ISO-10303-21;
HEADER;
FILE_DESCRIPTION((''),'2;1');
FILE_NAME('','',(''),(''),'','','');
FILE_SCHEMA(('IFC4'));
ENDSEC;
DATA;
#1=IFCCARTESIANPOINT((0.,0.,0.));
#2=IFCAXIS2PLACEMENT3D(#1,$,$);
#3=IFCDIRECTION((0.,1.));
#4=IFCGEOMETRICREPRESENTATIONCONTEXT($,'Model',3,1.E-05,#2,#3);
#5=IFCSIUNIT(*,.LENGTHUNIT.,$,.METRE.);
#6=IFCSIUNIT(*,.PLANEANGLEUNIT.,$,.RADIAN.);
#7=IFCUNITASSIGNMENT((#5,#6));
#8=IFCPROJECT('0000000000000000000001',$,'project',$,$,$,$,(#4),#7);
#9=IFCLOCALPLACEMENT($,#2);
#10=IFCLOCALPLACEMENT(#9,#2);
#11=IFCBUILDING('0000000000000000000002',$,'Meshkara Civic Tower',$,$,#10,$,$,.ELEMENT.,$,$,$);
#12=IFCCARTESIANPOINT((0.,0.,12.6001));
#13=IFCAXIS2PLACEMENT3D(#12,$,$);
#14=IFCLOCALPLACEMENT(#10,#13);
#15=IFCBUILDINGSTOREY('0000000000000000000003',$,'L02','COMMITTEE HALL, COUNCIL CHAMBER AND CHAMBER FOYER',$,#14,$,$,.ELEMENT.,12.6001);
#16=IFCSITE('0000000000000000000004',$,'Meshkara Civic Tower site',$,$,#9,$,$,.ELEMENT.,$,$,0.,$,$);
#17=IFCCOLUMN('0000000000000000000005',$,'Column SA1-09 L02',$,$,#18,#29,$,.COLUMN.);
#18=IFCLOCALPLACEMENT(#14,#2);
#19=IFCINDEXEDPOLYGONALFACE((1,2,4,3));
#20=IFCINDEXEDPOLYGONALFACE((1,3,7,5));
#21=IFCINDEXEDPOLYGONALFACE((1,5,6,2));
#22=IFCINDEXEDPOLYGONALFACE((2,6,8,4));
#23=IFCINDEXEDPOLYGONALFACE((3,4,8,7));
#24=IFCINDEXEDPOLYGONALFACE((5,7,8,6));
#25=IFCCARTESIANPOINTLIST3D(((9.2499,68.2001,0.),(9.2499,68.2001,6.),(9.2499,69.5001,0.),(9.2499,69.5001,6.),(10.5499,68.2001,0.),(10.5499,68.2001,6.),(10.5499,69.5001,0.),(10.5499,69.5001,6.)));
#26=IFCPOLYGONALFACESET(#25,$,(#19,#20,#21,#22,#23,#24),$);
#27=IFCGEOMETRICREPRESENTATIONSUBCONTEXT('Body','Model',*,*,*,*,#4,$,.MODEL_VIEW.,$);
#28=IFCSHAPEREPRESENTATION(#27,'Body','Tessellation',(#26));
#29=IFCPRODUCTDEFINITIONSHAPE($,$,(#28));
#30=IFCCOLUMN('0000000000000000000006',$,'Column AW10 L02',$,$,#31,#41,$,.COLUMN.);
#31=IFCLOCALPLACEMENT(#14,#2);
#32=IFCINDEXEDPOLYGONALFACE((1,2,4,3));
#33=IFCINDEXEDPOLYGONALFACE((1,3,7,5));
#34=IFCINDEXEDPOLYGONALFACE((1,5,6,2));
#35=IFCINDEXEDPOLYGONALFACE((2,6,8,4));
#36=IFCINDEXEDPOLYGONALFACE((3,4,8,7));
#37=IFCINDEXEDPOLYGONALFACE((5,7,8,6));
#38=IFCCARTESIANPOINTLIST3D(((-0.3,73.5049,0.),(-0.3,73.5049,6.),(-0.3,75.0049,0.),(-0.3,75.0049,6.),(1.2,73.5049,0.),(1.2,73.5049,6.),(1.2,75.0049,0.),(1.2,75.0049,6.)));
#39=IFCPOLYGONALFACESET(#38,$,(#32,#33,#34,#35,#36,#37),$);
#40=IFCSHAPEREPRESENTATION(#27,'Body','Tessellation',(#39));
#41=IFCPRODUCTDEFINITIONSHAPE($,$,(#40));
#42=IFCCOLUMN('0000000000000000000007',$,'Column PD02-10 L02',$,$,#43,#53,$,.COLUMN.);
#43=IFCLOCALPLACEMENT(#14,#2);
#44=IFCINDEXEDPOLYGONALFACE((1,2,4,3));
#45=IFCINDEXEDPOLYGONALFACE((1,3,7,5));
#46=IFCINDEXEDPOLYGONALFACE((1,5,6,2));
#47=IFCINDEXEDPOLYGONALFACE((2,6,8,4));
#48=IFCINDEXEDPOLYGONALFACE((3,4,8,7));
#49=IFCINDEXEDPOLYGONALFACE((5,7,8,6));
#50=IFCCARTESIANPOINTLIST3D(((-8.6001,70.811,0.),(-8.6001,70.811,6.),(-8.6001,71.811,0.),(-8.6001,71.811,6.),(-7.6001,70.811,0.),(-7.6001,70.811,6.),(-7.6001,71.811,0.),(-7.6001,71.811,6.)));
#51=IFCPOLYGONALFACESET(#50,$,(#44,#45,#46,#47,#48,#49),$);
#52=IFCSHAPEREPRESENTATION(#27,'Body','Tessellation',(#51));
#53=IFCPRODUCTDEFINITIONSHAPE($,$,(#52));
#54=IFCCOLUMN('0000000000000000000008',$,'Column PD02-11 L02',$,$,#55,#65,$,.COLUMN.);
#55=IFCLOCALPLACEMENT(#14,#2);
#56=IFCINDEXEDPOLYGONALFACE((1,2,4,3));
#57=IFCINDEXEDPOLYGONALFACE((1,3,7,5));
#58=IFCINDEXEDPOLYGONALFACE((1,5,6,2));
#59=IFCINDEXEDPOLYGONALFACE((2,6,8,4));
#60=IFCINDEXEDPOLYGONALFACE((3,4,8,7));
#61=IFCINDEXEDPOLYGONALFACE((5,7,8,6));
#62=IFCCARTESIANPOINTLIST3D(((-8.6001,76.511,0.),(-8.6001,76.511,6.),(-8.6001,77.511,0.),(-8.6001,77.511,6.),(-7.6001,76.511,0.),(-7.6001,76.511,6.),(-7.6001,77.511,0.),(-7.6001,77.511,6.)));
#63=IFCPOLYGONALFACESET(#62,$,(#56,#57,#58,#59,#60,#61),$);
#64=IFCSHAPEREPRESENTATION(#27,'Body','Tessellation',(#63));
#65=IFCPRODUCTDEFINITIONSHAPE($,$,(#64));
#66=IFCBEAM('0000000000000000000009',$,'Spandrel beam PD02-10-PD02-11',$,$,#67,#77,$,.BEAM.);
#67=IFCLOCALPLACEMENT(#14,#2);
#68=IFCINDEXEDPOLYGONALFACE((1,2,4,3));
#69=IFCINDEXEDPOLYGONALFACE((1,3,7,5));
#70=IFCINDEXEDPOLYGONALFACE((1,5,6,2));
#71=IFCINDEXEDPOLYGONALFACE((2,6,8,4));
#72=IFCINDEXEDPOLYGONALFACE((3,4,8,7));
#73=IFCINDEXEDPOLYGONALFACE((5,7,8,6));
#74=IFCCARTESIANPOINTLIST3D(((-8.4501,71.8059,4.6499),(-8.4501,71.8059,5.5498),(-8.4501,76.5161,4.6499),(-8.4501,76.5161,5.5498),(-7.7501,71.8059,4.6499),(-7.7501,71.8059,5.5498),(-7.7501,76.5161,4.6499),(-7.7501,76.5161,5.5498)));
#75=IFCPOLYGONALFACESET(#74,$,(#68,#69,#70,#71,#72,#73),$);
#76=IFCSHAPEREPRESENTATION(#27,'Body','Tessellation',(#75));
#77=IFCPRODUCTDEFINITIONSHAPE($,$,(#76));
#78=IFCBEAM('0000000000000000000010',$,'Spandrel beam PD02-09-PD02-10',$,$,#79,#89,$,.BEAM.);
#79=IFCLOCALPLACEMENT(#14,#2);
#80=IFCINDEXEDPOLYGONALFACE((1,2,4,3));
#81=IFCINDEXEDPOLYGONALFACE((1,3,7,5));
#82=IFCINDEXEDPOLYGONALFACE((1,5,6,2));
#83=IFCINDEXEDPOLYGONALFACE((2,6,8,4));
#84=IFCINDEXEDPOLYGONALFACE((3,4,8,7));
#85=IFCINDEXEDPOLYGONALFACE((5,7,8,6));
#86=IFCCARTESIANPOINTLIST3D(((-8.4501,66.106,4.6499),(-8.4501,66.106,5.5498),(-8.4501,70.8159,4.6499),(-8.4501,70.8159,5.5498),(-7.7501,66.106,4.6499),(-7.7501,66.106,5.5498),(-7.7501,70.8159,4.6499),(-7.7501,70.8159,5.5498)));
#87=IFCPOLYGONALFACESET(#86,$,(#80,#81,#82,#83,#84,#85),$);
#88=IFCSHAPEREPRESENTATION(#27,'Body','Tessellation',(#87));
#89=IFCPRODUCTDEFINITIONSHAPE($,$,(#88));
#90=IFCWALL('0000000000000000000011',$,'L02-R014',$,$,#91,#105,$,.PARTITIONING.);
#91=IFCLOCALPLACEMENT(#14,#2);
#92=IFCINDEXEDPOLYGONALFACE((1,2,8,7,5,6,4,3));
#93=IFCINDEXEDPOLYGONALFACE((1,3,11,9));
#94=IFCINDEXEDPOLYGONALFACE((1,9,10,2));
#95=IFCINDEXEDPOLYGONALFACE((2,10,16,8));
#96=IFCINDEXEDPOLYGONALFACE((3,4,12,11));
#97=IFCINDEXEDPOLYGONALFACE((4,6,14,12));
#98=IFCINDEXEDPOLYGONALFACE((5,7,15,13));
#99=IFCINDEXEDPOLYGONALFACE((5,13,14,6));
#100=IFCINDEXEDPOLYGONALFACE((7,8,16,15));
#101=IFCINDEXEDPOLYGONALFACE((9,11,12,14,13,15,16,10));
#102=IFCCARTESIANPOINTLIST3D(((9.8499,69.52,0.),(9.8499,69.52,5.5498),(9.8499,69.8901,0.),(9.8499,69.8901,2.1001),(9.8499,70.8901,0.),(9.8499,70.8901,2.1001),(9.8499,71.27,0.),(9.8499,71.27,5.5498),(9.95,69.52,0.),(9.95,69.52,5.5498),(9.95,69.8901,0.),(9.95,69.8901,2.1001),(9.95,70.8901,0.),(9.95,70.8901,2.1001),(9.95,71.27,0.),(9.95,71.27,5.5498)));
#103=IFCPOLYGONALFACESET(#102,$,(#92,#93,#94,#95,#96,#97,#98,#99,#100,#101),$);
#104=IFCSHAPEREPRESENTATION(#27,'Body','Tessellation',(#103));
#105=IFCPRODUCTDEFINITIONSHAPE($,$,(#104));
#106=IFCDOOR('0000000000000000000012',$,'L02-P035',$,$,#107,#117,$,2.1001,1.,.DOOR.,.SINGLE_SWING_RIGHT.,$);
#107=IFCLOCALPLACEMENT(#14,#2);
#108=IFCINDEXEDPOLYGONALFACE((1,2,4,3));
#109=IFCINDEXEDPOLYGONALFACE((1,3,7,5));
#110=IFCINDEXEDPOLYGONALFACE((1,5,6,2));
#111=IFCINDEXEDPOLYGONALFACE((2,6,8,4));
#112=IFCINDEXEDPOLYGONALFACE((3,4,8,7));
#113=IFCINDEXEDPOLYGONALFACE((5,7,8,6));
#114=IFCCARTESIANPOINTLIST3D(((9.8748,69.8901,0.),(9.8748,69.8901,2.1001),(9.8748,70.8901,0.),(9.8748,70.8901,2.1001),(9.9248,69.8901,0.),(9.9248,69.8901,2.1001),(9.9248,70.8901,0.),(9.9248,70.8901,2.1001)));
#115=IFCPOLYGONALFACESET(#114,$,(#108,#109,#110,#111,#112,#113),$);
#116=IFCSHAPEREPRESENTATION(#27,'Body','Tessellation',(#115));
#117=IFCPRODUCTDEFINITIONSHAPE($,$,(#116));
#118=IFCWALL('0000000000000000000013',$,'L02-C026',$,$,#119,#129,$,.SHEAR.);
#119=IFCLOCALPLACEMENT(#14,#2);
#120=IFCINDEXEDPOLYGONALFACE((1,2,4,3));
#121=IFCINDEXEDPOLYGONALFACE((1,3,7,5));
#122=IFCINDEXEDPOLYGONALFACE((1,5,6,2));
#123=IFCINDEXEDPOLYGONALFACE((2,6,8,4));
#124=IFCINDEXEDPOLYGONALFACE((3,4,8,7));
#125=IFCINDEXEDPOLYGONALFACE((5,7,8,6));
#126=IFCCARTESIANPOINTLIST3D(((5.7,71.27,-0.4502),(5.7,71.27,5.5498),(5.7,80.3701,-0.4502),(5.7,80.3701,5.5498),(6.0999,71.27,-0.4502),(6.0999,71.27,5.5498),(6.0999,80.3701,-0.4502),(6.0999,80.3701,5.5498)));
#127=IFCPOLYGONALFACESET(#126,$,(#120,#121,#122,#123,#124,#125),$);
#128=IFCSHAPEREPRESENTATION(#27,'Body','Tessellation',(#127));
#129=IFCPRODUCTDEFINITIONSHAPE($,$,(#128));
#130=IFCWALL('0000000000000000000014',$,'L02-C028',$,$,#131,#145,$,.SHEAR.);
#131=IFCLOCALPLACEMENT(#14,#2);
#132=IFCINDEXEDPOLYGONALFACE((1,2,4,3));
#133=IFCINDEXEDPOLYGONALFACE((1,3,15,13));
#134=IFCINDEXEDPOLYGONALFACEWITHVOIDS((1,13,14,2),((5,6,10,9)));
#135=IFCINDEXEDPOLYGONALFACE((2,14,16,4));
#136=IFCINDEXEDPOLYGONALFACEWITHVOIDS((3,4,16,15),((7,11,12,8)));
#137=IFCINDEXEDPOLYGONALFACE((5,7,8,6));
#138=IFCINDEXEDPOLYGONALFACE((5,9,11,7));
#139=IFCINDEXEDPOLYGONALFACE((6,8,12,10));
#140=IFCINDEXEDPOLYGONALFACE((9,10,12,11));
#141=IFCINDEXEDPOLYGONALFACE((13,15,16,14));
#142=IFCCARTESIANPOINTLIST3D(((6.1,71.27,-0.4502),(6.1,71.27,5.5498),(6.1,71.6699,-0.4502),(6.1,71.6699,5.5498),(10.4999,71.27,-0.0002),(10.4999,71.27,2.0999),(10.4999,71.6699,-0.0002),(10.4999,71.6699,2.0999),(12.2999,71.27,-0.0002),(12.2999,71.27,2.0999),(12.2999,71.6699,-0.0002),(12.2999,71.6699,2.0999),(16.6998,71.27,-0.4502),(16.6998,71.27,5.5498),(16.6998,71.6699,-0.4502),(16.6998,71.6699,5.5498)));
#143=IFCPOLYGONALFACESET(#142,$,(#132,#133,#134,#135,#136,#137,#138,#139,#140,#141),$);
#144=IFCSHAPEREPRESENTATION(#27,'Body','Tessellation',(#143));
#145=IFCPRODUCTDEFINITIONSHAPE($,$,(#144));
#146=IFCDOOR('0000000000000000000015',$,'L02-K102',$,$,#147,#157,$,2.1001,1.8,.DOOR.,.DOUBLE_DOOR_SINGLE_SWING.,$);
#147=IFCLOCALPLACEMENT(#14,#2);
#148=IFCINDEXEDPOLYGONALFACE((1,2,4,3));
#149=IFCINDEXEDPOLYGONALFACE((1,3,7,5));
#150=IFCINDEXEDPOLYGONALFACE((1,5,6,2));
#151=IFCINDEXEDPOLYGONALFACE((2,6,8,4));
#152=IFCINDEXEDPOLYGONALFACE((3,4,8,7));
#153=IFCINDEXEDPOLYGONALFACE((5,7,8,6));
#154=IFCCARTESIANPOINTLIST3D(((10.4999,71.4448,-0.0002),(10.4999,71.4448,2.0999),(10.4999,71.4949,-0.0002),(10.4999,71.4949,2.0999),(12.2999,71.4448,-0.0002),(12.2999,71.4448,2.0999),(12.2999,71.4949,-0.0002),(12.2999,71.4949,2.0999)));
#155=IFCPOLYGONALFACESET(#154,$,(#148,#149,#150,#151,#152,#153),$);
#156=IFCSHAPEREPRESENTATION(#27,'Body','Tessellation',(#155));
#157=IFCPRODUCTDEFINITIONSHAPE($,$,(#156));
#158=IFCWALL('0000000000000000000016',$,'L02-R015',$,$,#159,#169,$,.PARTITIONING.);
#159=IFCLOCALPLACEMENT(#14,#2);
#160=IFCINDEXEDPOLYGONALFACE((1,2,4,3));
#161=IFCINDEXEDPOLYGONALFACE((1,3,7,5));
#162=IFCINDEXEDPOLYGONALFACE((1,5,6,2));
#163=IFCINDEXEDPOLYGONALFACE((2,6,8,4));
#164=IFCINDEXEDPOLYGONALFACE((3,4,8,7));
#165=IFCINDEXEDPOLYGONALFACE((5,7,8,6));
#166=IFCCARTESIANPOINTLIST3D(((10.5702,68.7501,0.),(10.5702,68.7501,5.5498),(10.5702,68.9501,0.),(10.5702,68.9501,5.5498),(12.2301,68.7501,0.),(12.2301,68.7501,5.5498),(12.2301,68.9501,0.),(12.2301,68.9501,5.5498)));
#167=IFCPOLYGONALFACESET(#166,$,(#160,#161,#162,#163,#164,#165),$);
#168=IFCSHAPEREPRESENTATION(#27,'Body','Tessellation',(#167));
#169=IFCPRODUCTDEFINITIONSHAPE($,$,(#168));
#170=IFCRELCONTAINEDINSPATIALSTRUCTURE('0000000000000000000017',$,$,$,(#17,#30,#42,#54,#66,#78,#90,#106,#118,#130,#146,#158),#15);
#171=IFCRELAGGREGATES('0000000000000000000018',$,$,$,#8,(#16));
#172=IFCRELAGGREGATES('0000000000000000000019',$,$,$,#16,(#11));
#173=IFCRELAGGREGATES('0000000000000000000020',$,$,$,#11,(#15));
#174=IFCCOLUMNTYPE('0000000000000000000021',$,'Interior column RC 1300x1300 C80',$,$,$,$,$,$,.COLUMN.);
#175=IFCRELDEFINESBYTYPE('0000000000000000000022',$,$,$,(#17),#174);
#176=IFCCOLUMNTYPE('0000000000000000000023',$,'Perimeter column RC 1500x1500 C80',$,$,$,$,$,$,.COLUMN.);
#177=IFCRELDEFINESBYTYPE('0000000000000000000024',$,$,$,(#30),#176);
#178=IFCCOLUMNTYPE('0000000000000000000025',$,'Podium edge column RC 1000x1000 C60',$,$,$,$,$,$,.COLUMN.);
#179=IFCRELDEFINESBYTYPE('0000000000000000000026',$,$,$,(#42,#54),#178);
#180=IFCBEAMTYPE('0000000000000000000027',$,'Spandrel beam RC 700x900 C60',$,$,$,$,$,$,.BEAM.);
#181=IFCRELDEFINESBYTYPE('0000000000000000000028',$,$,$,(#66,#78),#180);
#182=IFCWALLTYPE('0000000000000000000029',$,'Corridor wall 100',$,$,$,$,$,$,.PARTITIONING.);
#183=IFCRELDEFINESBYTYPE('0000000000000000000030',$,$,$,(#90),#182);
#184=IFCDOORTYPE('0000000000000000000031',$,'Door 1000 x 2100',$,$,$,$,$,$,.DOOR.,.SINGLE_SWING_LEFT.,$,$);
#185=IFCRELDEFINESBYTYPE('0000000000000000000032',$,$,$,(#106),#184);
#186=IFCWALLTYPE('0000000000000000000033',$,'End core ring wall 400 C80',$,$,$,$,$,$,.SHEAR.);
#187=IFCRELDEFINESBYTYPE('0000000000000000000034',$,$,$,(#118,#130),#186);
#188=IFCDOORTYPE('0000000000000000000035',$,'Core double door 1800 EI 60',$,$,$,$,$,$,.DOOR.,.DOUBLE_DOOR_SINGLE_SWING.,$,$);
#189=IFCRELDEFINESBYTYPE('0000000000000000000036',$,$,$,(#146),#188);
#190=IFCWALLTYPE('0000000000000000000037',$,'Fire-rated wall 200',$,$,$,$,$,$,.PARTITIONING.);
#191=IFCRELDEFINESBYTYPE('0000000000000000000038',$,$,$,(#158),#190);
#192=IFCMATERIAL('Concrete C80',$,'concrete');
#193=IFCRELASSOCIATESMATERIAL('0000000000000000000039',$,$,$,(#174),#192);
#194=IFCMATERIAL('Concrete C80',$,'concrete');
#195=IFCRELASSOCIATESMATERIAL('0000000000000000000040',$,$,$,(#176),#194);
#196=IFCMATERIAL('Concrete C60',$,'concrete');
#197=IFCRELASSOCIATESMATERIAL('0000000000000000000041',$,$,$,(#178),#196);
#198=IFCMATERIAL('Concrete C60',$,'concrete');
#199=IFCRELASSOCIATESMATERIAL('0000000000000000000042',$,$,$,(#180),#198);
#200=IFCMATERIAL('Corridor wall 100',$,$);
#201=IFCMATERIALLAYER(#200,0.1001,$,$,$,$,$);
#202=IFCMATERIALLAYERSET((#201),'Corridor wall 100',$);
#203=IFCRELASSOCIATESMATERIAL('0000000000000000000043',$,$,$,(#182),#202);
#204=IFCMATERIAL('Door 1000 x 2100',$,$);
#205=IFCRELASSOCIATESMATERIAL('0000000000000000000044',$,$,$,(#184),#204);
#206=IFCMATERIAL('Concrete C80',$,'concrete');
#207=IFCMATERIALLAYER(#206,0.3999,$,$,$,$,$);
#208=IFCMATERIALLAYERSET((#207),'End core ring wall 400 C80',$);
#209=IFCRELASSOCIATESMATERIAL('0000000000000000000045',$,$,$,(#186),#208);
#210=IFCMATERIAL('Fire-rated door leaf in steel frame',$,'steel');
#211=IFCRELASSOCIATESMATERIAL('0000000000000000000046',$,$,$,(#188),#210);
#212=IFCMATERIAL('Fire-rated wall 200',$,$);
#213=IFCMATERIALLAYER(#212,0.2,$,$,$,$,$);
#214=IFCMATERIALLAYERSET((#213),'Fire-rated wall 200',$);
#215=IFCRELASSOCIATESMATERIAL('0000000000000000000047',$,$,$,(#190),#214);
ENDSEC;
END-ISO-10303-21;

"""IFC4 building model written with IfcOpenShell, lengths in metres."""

from ifc_helpers import new_model, si_unit, direction, frame, frame_2d, origin, origin_2d, place, context, subcontext, project, spatial, rectangle, extrude, material, layer, layer_set, material_profile, profile_set, type_object, element, fill, save


model = new_model("IFC4")

# Units and contexts
model_context = context("Model", 3, precision=1e-05, world=origin(), true_north=direction((0.0, 1.0)))
body_context = subcontext(model_context, "Body", "Model", "MODEL_VIEW")
ifc_project = project(units=[si_unit("LENGTHUNIT", "METRE"), si_unit("PLANEANGLEUNIT", "RADIAN")], contexts=[model_context])

# Site, building, storey
site_placement = place(None, origin())
site = spatial("IfcSite", under=ifc_project, at=site_placement, Name="Meshkara Civic Tower site", CompositionType="ELEMENT", RefElevation=0.0)
building_placement = place(site_placement, origin())
building = spatial("IfcBuilding", under=site, at=building_placement, Name="Meshkara Civic Tower", CompositionType="ELEMENT")
storey_placement = place(building_placement, frame((0.0, 0.0, 12.6001)))
storey = spatial("IfcBuildingStorey", under=building, at=storey_placement, Name="L02", Description="COMMITTEE HALL, COUNCIL CHAMBER AND CHAMBER FOYER", CompositionType="ELEMENT", Elevation=12.6001)

# Columns
ifc_material_1 = material(Name="Concrete C80", Category="concrete")
ifc_material_profile_1 = material_profile(ifc_material_1, rectangle(XDim=1.3, YDim=1.3, at=origin_2d()))
ifc_profile_set_1 = profile_set([ifc_material_profile_1], Name="Concrete C80")
column_type_1 = type_object("IfcColumnType", Name="Interior column RC 1300x1300 C80", PredefinedType="COLUMN", material=ifc_profile_set_1)
column_1_placement = place(storey_placement, frame((9.8999, 68.8501, 0.0), z_axis=(0.0, 0.0, 1.0), x_axis=(1.0, 0.0, 0.0)))
element("IfcColumn", 1, at=column_1_placement, inside=storey, type_object=column_type_1, Name="Column SA1-09 L02", PredefinedType="COLUMN", context=body_context, shape_type="SweptSolid", body=[
    extrude(rectangle(XDim=1.3, YDim=1.3, at=origin_2d()), origin(), (0.0, 0.0, 1.0), 6.0),
])
ifc_material_2 = material(Name="Concrete C80", Category="concrete")
ifc_material_profile_2 = material_profile(ifc_material_2, rectangle(XDim=1.5, YDim=1.5, at=origin_2d()))
ifc_profile_set_2 = profile_set([ifc_material_profile_2], Name="Concrete C80")
column_type_2 = type_object("IfcColumnType", Name="Perimeter column RC 1500x1500 C80", PredefinedType="COLUMN", material=ifc_profile_set_2)
column_2_placement = place(storey_placement, frame((0.45, 74.2549, 0.0), z_axis=(0.0, 0.0, 1.0), x_axis=(1.0, 0.0, 0.0)))
element("IfcColumn", 2, at=column_2_placement, inside=storey, type_object=column_type_2, Name="Column AW10 L02", PredefinedType="COLUMN", context=body_context, shape_type="SweptSolid", body=[
    extrude(rectangle(XDim=1.5, YDim=1.5, at=origin_2d()), origin(), (0.0, 0.0, 1.0), 6.0),
])
ifc_material_3 = material(Name="Concrete C60", Category="concrete")
ifc_material_profile_3 = material_profile(ifc_material_3, rectangle(XDim=1.0, YDim=1.0, at=origin_2d()))
ifc_profile_set_3 = profile_set([ifc_material_profile_3], Name="Concrete C60")
column_type_3 = type_object("IfcColumnType", Name="Podium edge column RC 1000x1000 C60", PredefinedType="COLUMN", material=ifc_profile_set_3)
for number, where, z_axis, x_axis, name in (
    (3, (-8.1001, 71.311, 0.0), (0.0, 0.0, 1.0), (1.0, 0.0, 0.0), "Column PD02-10 L02"),
    (4, (-8.1001, 77.011, 0.0), (0.0, 0.0, 1.0), (1.0, 0.0, 0.0), "Column PD02-11 L02"),
):
    element("IfcColumn", number, at=place(storey_placement, frame(where, z_axis=z_axis, x_axis=x_axis)), inside=storey, type_object=column_type_3, Name=name, PredefinedType="COLUMN", context=body_context, shape_type="SweptSolid", body=[
        extrude(rectangle(XDim=1.0, YDim=1.0, at=origin_2d()), origin(), (0.0, 0.0, 1.0), 6.0),
    ])

# Beams
ifc_material_4 = material(Name="Concrete C60", Category="concrete")
ifc_material_profile_4 = material_profile(ifc_material_4, rectangle(XDim=0.7, YDim=0.8999, at=origin_2d()))
ifc_profile_set_4 = profile_set([ifc_material_profile_4], Name="Concrete C60")
beam_type = type_object("IfcBeamType", Name="Spandrel beam RC 700x900 C60", PredefinedType="BEAM", material=ifc_profile_set_4)
beam_1_placement = place(storey_placement, frame((-8.1001, 76.5161, 5.0999), z_axis=(0.0, -1.0, 0.0), x_axis=(1.0, 0.0, 0.0)))
element("IfcBeam", 5, at=beam_1_placement, inside=storey, type_object=beam_type, Name="Spandrel beam PD02-10-PD02-11", PredefinedType="BEAM", context=body_context, shape_type="SweptSolid", body=[
    extrude(rectangle(XDim=0.7, YDim=0.8999, at=origin_2d()), origin(), (0.0, 0.0, 1.0), 4.7102),
])
beam_2_placement = place(storey_placement, frame((-8.1001, 70.8159, 5.0999), z_axis=(0.0, -1.0, 0.0), x_axis=(1.0, 0.0, 0.0)))
element("IfcBeam", 6, at=beam_2_placement, inside=storey, type_object=beam_type, Name="Spandrel beam PD02-09-PD02-10", PredefinedType="BEAM", context=body_context, shape_type="SweptSolid", body=[
    extrude(rectangle(XDim=0.7, YDim=0.8999, at=origin_2d()), origin(), (0.0, 0.0, 1.0), 4.71),
])

# Wall, opening, door
ifc_material_5 = material(Name="Corridor wall 100")
ifc_layer_1 = layer(ifc_material_5, 0.1001)
ifc_layer_set_1 = layer_set([ifc_layer_1], Name="Corridor wall 100")
wall_type_1 = type_object("IfcWallType", Name="Corridor wall 100", PredefinedType="PARTITIONING", material=ifc_layer_set_1)
wall_1_placement = place(storey_placement, frame((9.8999, 71.27, 0.0), z_axis=(0.0, 0.0, 1.0), x_axis=(0.0, -1.0, 0.0)))
wall_1 = element("IfcWall", 7, at=wall_1_placement, inside=storey, type_object=wall_type_1, Name="L02-R014", PredefinedType="PARTITIONING", context=body_context, shape_type="SweptSolid", body=[
    extrude(rectangle(XDim=1.75, YDim=0.1001, at=frame_2d((0.875, 0.0))), origin(), (0.0, 0.0, 1.0), 5.5498),
])
opening_1_placement = place(wall_1_placement, frame((0.3799, 0.0, 0.0)))
opening_1 = element("IfcOpeningElement", 8, at=opening_1_placement, cuts=wall_1, PredefinedType="OPENING", context=body_context, shape_type="SweptSolid", body=[
    extrude(rectangle(XDim=1.0, YDim=2.1001, at=frame_2d((0.5, 1.05))), frame((0.0, 0.0601, 0.0), z_axis=(0.0, -1.0, 0.0), x_axis=(1.0, 0.0, 0.0)), (0.0, 0.0, 1.0), 0.1201),
])
ifc_material_6 = material(Name="Door 1000 x 2100")
door_type_1 = type_object("IfcDoorType", Name="Door 1000 x 2100", OperationType="SINGLE_SWING_LEFT", PredefinedType="DOOR", material=ifc_material_6)
door_1_placement = place(opening_1_placement, origin())
door_1 = element("IfcDoor", 9, at=door_1_placement, inside=storey, type_object=door_type_1, Name="L02-P035", OperationType="SINGLE_SWING_RIGHT", OverallHeight=2.1001, OverallWidth=1.0, PredefinedType="DOOR", context=body_context, shape_type="SweptSolid", body=[
    extrude(rectangle(XDim=1.0, YDim=2.1001, at=frame_2d((0.5, 1.05))), frame((0.0, 0.0249, 0.0), z_axis=(0.0, -1.0, 0.0), x_axis=(1.0, 0.0, 0.0)), (0.0, 0.0, 1.0), 0.05),
])
fill(opening_1, door_1)

# Wall
ifc_material_7 = material(Name="Concrete C80", Category="concrete")
ifc_layer_2 = layer(ifc_material_7, 0.3999)
ifc_layer_set_2 = layer_set([ifc_layer_2], Name="End core ring wall 400 C80")
wall_type_2 = type_object("IfcWallType", Name="End core ring wall 400 C80", PredefinedType="SHEAR", material=ifc_layer_set_2)
wall_2_placement = place(storey_placement, frame((5.8999, 71.27, -0.4502), z_axis=(0.0, 0.0, 1.0), x_axis=(0.0, 1.0, 0.0)))
element("IfcWall", 10, at=wall_2_placement, inside=storey, type_object=wall_type_2, Name="L02-C026", PredefinedType="SHEAR", context=body_context, shape_type="SweptSolid", body=[
    extrude(rectangle(XDim=9.1001, YDim=0.3999, at=frame_2d((4.55, 0.0))), origin(), (0.0, 0.0, 1.0), 6.0),
])

# Wall, opening, door
wall_3_placement = place(storey_placement, frame((6.1001, 71.47, -0.4502), z_axis=(0.0, 0.0, 1.0), x_axis=(1.0, 0.0, 0.0)))
wall_3 = element("IfcWall", 11, at=wall_3_placement, inside=storey, type_object=wall_type_2, Name="L02-C028", PredefinedType="SHEAR", context=body_context, shape_type="SweptSolid", body=[
    extrude(rectangle(XDim=10.5999, YDim=0.3999, at=frame_2d((5.2998, 0.0))), origin(), (0.0, 0.0, 1.0), 6.0),
])
opening_2_placement = place(wall_3_placement, frame((4.3999, 0.0, 0.45)))
opening_2 = element("IfcOpeningElement", 12, at=opening_2_placement, cuts=wall_3, PredefinedType="OPENING", context=body_context, shape_type="SweptSolid", body=[
    extrude(rectangle(XDim=1.8, YDim=2.1001, at=frame_2d((0.8999, 1.05))), frame((0.0, 0.21, 0.0), z_axis=(0.0, -1.0, 0.0), x_axis=(1.0, 0.0, 0.0)), (0.0, 0.0, 1.0), 0.4199),
])
ifc_material_8 = material(Name="Fire-rated door leaf in steel frame", Category="steel")
door_type_2 = type_object("IfcDoorType", Name="Core double door 1800 EI 60", OperationType="DOUBLE_DOOR_SINGLE_SWING", PredefinedType="DOOR", material=ifc_material_8)
door_2_placement = place(opening_2_placement, origin())
door_2 = element("IfcDoor", 13, at=door_2_placement, inside=storey, type_object=door_type_2, Name="L02-K102", OperationType="DOUBLE_DOOR_SINGLE_SWING", OverallHeight=2.1001, OverallWidth=1.8, PredefinedType="DOOR", context=body_context, shape_type="SweptSolid", body=[
    extrude(rectangle(XDim=1.8, YDim=2.1001, at=frame_2d((0.8999, 1.05))), frame((0.0, 0.0249, 0.0), z_axis=(0.0, -1.0, 0.0), x_axis=(1.0, 0.0, 0.0)), (0.0, 0.0, 1.0), 0.05),
])
fill(opening_2, door_2)

# Wall
ifc_material_9 = material(Name="Fire-rated wall 200")
ifc_layer_3 = layer(ifc_material_9, 0.2)
ifc_layer_set_3 = layer_set([ifc_layer_3], Name="Fire-rated wall 200")
wall_type_3 = type_object("IfcWallType", Name="Fire-rated wall 200", PredefinedType="PARTITIONING", material=ifc_layer_set_3)
wall_4_placement = place(storey_placement, frame((10.5701, 68.8501, 0.0), z_axis=(0.0, 0.0, 1.0), x_axis=(1.0, 0.0, 0.0)))
element("IfcWall", 14, at=wall_4_placement, inside=storey, type_object=wall_type_3, Name="L02-R015", PredefinedType="PARTITIONING", context=body_context, shape_type="SweptSolid", body=[
    extrude(rectangle(XDim=1.6599, YDim=0.2, at=frame_2d((0.8301, 0.0))), origin(), (0.0, 0.0, 1.0), 5.5498),
])

save(model, "model.ifc")
